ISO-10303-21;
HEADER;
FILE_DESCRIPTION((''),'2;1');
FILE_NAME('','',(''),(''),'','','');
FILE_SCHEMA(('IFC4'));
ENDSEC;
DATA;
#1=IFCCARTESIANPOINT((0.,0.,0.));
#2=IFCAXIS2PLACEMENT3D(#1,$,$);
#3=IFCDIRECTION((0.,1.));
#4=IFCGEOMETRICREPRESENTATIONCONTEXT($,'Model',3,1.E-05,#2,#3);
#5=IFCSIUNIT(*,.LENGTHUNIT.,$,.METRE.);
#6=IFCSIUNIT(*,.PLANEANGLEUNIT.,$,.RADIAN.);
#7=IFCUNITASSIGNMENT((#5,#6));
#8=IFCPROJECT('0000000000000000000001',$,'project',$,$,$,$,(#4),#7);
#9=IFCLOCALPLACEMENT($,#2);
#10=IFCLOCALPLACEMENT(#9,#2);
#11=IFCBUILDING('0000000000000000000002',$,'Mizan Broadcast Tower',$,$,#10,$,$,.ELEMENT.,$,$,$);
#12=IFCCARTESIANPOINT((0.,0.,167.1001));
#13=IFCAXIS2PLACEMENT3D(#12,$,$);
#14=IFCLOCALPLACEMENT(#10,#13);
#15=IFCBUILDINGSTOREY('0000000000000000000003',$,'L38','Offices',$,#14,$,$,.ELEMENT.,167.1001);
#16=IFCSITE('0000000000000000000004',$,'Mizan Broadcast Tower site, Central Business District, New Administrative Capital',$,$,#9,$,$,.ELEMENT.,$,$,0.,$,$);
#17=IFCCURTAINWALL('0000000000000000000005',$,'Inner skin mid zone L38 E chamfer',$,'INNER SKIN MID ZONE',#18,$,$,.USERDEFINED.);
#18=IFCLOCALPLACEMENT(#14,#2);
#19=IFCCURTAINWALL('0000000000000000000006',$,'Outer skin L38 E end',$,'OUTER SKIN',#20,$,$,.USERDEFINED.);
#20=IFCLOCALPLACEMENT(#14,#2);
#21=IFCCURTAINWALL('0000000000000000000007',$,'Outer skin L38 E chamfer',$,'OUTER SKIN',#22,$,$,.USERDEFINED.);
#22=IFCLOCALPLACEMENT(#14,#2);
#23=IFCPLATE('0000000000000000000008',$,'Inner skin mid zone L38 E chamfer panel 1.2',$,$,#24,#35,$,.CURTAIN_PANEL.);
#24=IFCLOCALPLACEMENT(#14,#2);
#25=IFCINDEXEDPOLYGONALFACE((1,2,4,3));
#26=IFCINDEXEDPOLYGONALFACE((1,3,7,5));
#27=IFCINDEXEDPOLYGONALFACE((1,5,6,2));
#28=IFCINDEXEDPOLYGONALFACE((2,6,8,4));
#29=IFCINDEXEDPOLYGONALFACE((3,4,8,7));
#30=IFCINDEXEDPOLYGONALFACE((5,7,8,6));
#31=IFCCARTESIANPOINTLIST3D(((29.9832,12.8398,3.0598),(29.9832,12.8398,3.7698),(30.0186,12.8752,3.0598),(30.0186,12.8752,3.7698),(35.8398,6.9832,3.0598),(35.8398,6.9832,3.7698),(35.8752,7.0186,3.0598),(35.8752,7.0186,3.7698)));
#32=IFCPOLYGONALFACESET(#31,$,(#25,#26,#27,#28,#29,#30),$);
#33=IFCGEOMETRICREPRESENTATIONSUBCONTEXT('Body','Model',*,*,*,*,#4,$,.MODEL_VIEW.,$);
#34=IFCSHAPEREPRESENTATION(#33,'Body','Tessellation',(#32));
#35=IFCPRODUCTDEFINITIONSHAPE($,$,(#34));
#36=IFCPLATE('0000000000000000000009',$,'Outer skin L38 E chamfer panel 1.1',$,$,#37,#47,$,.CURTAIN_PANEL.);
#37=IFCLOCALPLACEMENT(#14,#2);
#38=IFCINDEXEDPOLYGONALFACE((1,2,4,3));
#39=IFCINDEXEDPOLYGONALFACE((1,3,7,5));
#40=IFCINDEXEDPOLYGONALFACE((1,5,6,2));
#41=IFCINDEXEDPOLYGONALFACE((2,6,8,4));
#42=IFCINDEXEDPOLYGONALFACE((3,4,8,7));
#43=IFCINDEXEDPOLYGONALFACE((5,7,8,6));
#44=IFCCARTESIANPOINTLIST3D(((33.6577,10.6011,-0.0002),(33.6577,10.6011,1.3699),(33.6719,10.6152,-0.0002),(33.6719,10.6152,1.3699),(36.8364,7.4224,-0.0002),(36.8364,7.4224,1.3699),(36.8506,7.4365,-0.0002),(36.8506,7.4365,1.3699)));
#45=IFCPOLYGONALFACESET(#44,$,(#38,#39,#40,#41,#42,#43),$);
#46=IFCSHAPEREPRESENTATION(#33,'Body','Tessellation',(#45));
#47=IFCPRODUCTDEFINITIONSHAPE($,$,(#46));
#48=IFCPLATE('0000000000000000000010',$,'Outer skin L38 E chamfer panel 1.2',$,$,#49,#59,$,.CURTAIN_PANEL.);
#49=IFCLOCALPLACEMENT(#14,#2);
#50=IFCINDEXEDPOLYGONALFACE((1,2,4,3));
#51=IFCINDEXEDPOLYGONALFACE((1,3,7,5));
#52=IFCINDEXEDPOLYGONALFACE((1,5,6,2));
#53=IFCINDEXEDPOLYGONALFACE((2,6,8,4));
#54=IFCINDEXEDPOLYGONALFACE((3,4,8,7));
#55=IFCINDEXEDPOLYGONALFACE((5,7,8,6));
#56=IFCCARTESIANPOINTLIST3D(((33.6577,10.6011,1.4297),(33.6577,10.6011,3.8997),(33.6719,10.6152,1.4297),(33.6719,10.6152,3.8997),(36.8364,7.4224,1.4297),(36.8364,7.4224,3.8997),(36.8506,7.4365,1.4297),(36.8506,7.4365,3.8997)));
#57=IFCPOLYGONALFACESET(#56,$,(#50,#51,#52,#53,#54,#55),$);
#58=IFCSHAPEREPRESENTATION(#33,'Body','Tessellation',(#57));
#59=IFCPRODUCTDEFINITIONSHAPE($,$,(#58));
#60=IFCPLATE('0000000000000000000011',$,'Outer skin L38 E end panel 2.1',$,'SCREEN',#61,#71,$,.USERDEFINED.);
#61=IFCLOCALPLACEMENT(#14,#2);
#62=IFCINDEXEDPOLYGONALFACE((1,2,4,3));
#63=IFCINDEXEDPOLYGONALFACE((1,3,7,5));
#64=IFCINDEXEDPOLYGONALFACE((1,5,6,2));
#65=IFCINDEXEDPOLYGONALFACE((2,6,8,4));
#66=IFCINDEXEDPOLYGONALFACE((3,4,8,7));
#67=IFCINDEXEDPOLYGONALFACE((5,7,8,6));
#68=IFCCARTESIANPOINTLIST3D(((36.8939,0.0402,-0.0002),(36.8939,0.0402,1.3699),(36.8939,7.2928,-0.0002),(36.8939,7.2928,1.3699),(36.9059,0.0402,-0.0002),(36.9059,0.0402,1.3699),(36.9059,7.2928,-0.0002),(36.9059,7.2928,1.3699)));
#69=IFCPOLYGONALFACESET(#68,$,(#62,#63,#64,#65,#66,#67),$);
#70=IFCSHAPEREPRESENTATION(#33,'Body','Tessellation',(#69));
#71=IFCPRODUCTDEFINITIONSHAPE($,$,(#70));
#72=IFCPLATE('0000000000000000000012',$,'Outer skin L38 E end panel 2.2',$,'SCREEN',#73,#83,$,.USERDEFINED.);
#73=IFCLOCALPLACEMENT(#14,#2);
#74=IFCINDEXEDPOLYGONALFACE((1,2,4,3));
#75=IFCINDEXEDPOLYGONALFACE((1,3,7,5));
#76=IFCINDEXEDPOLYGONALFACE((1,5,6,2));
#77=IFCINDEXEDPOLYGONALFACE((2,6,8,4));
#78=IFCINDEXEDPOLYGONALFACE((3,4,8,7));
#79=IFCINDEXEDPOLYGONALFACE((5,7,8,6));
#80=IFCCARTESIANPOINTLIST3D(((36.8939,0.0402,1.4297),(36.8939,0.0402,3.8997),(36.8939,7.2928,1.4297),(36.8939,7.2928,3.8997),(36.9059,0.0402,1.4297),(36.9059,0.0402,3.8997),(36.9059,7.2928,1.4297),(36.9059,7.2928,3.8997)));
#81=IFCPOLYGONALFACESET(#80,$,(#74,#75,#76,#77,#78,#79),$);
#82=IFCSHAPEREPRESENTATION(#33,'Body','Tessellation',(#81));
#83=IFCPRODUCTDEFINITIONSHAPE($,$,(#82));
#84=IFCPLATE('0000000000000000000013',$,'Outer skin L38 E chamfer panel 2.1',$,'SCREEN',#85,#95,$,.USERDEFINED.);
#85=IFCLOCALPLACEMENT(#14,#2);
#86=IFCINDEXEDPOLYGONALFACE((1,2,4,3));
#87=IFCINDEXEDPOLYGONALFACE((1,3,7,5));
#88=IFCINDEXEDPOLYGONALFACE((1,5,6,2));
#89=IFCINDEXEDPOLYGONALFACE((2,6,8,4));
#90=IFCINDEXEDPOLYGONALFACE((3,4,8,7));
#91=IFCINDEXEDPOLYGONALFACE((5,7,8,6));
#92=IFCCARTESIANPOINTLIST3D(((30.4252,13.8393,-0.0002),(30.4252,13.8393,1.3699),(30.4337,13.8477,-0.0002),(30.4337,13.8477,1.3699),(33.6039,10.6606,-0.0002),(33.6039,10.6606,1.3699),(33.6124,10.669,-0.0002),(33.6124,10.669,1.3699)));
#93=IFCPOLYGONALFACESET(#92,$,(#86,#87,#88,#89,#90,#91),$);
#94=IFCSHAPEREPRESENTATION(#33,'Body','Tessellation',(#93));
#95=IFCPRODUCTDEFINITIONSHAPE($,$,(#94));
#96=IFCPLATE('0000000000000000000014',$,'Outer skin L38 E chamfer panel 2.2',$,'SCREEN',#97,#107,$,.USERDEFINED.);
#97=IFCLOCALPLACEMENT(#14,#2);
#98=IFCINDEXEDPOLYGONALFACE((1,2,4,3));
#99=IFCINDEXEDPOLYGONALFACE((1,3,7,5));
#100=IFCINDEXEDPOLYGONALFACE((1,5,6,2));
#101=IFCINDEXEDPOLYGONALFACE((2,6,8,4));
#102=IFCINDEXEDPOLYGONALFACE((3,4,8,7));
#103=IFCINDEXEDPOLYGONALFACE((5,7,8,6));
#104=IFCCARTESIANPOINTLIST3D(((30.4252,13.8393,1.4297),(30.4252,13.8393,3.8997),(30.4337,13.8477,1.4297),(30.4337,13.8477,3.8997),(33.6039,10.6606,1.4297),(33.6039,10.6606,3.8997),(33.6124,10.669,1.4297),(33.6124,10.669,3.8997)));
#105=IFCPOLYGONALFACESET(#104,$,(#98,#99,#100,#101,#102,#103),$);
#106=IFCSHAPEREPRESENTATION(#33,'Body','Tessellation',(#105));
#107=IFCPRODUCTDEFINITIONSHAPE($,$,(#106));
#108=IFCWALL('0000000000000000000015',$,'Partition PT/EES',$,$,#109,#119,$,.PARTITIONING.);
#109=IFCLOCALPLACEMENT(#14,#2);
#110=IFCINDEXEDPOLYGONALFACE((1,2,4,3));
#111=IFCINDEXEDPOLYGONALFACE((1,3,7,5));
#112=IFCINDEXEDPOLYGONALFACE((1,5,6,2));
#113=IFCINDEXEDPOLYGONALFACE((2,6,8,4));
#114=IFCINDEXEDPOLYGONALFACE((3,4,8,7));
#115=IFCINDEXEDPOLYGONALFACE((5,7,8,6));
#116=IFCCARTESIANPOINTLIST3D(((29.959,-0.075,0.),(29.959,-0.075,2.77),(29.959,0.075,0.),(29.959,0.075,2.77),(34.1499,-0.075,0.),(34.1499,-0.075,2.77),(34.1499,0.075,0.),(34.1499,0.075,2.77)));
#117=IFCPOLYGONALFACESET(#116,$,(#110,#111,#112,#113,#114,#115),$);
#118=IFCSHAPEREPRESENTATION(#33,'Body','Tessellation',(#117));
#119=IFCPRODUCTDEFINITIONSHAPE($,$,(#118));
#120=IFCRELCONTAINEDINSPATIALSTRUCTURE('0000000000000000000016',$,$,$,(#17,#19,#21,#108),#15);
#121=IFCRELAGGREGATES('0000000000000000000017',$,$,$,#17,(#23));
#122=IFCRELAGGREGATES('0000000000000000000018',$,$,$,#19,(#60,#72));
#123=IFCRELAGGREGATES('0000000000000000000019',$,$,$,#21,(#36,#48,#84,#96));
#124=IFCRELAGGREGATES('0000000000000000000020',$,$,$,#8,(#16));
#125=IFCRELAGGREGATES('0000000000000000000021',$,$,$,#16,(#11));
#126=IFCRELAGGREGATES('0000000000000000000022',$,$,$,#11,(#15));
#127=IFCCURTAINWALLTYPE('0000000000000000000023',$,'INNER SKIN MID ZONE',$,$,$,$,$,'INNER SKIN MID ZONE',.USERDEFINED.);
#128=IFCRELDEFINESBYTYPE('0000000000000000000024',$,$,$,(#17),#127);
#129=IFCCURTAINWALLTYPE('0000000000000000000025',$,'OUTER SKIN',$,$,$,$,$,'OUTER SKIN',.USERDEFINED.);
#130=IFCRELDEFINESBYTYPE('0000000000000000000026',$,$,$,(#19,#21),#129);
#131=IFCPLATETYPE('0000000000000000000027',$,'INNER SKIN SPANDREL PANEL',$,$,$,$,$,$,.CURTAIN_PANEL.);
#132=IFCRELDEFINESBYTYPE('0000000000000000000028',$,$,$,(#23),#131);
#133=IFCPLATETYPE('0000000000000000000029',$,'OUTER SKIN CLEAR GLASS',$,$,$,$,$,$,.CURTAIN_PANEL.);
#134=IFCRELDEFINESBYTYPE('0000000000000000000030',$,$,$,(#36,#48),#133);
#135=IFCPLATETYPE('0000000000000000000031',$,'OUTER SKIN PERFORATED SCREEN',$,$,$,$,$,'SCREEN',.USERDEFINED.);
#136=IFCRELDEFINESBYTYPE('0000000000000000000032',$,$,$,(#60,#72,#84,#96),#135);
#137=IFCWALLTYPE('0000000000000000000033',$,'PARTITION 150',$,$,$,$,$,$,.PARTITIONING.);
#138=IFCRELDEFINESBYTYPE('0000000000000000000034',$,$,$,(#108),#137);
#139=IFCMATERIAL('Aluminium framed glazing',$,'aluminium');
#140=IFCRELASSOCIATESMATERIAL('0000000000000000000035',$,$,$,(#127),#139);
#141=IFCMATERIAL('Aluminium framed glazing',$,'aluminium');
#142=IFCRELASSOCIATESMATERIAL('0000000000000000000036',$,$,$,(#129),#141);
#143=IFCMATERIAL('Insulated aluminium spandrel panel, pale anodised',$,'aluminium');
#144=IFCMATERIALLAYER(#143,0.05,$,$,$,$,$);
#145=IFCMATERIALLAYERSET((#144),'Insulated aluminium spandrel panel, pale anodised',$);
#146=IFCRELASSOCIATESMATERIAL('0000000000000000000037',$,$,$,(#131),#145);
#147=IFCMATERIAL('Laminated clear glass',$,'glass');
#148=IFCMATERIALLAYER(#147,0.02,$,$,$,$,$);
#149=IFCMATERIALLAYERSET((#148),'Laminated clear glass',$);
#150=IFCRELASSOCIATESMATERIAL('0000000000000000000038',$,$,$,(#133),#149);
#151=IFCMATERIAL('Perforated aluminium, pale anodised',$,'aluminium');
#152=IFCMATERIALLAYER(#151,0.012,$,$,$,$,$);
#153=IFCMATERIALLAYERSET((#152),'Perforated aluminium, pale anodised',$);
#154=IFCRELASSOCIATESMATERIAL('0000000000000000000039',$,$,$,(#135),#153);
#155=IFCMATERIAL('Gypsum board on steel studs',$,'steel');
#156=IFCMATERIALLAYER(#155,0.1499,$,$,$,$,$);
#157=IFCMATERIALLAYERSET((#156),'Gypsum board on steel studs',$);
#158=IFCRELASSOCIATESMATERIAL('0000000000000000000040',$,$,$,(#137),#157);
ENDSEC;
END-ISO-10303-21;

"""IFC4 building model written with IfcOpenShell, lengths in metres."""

from ifc_helpers import new_model, si_unit, direction, frame, frame_2d, origin, origin_2d, place, context, subcontext, project, spatial, rectangle, extrude, material, layer, layer_set, type_object, element, aggregate, save


model = new_model("IFC4")

# Units and contexts
model_context = context("Model", 3, precision=1e-05, world=origin(), true_north=direction((0.0, 1.0)))
body_context = subcontext(model_context, "Body", "Model", "MODEL_VIEW")
ifc_project = project(units=[si_unit("LENGTHUNIT", "METRE"), si_unit("PLANEANGLEUNIT", "RADIAN")], contexts=[model_context])

# Site, building, storey
site_placement = place(None, origin())
site = spatial("IfcSite", under=ifc_project, at=site_placement, Name="Mizan Broadcast Tower site, Central Business District, New Administrative Capital", CompositionType="ELEMENT", RefElevation=0.0)
building_placement = place(site_placement, origin())
building = spatial("IfcBuilding", under=site, at=building_placement, Name="Mizan Broadcast Tower", CompositionType="ELEMENT")
storey_placement = place(building_placement, frame((0.0, 0.0, 167.1001)))
storey = spatial("IfcBuildingStorey", under=building, at=storey_placement, Name="L38", Description="Offices", CompositionType="ELEMENT", Elevation=167.1001)

# Shared definitions
ifc_material_1 = material(Name="Aluminium framed glazing", Category="aluminium")
curtain_wall_type_1 = type_object("IfcCurtainWallType", Name="INNER SKIN MID ZONE", ElementType="INNER SKIN MID ZONE", PredefinedType="USERDEFINED", material=ifc_material_1)

# Curtain wall
curtain_wall_1_placement = place(storey_placement, origin())
curtain_wall_1 = element("IfcCurtainWall", 1, at=curtain_wall_1_placement, inside=storey, type_object=curtain_wall_type_1, Name="Inner skin mid zone L38 E chamfer", ObjectType="INNER SKIN MID ZONE", PredefinedType="USERDEFINED")

# Curtain walls
ifc_material_2 = material(Name="Aluminium framed glazing", Category="aluminium")
curtain_wall_type_2 = type_object("IfcCurtainWallType", Name="OUTER SKIN", ElementType="OUTER SKIN", PredefinedType="USERDEFINED", material=ifc_material_2)
curtain_wall_2_placement = place(storey_placement, origin())
curtain_wall_2 = element("IfcCurtainWall", 2, at=curtain_wall_2_placement, inside=storey, type_object=curtain_wall_type_2, Name="Outer skin L38 E end", ObjectType="OUTER SKIN", PredefinedType="USERDEFINED")
curtain_wall_3_placement = place(storey_placement, origin())
curtain_wall_3 = element("IfcCurtainWall", 3, at=curtain_wall_3_placement, inside=storey, type_object=curtain_wall_type_2, Name="Outer skin L38 E chamfer", ObjectType="OUTER SKIN", PredefinedType="USERDEFINED")

# Plates
ifc_material_3 = material(Name="Insulated aluminium spandrel panel, pale anodised", Category="aluminium")
ifc_layer_1 = layer(ifc_material_3, 0.05)
ifc_layer_set_1 = layer_set([ifc_layer_1], Name="Insulated aluminium spandrel panel, pale anodised")
plate_type_1 = type_object("IfcPlateType", Name="INNER SKIN SPANDREL PANEL", PredefinedType="CURTAIN_PANEL", material=ifc_layer_set_1)
plate_1_placement = place(storey_placement, frame((32.9292, 9.9292, 3.0598), z_axis=(0.0, 0.0, 1.0), x_axis=(-0.707107, 0.707107, 0.0)))
plate_1 = element("IfcPlate", 4, at=plate_1_placement, type_object=plate_type_1, Name="Inner skin mid zone L38 E chamfer panel 1.2", PredefinedType="CURTAIN_PANEL", context=body_context, shape_type="SweptSolid", body=[
    extrude(rectangle(XDim=8.2825, YDim=0.05, at=origin_2d()), origin(), (0.0, 0.0, 1.0), 0.71),
])
aggregate(curtain_wall_1, [plate_1])
ifc_material_4 = material(Name="Laminated clear glass", Category="glass")
ifc_layer_2 = layer(ifc_material_4, 0.02)
ifc_layer_set_2 = layer_set([ifc_layer_2], Name="Laminated clear glass")
plate_type_2 = type_object("IfcPlateType", Name="OUTER SKIN CLEAR GLASS", PredefinedType="CURTAIN_PANEL", material=ifc_layer_set_2)
plate_2_placement = place(storey_placement, frame((35.2542, 9.0188, -0.0002), z_axis=(0.0, 0.0, 1.0), x_axis=(-0.707107, 0.707107, 0.0)))
plate_2 = element("IfcPlate", 5, at=plate_2_placement, type_object=plate_type_2, Name="Outer skin L38 E chamfer panel 1.1", PredefinedType="CURTAIN_PANEL", context=body_context, shape_type="SweptSolid", body=[
    extrude(rectangle(XDim=4.4954, YDim=0.02, at=origin_2d()), origin(), (0.0, 0.0, 1.0), 1.3701),
])
plate_3_placement = place(storey_placement, frame((35.2542, 9.0188, 1.4297), z_axis=(0.0, 0.0, 1.0), x_axis=(-0.707107, 0.707107, 0.0)))
plate_3 = element("IfcPlate", 6, at=plate_3_placement, type_object=plate_type_2, Name="Outer skin L38 E chamfer panel 1.2", PredefinedType="CURTAIN_PANEL", context=body_context, shape_type="SweptSolid", body=[
    extrude(rectangle(XDim=4.4954, YDim=0.02, at=origin_2d()), origin(), (0.0, 0.0, 1.0), 2.47),
])
ifc_material_5 = material(Name="Perforated aluminium, pale anodised", Category="aluminium")
ifc_layer_3 = layer(ifc_material_5, 0.012)
ifc_layer_set_3 = layer_set([ifc_layer_3], Name="Perforated aluminium, pale anodised")
plate_type_3 = type_object("IfcPlateType", Name="OUTER SKIN PERFORATED SCREEN", ElementType="SCREEN", PredefinedType="USERDEFINED", material=ifc_layer_set_3)
plate_4_placement = place(storey_placement, frame((36.8999, 3.6665, -0.0002), z_axis=(0.0, 0.0, 1.0), x_axis=(0.0, 1.0, 0.0)))
plate_4 = element("IfcPlate", 7, at=plate_4_placement, type_object=plate_type_3, Name="Outer skin L38 E end panel 2.1", ObjectType="SCREEN", PredefinedType="USERDEFINED", context=body_context, shape_type="SweptSolid", body=[
    extrude(rectangle(XDim=7.2527, YDim=0.012, at=origin_2d()), origin(), (0.0, 0.0, 1.0), 1.3701),
])
plate_5_placement = place(storey_placement, frame((36.8999, 3.6665, 1.4297), z_axis=(0.0, 0.0, 1.0), x_axis=(0.0, 1.0, 0.0)))
plate_5 = element("IfcPlate", 8, at=plate_5_placement, type_object=plate_type_3, Name="Outer skin L38 E end panel 2.2", ObjectType="SCREEN", PredefinedType="USERDEFINED", context=body_context, shape_type="SweptSolid", body=[
    extrude(rectangle(XDim=7.2527, YDim=0.012, at=origin_2d()), origin(), (0.0, 0.0, 1.0), 2.47),
])
aggregate(curtain_wall_2, [plate_4, plate_5])
plate_6_placement = place(storey_placement, frame((32.0188, 12.2542, -0.0002), z_axis=(0.0, 0.0, 1.0), x_axis=(-0.707107, 0.707107, 0.0)))
plate_6 = element("IfcPlate", 9, at=plate_6_placement, type_object=plate_type_3, Name="Outer skin L38 E chamfer panel 2.1", ObjectType="SCREEN", PredefinedType="USERDEFINED", context=body_context, shape_type="SweptSolid", body=[
    extrude(rectangle(XDim=4.4954, YDim=0.012, at=origin_2d()), origin(), (0.0, 0.0, 1.0), 1.3701),
])
plate_7_placement = place(storey_placement, frame((32.0188, 12.2542, 1.4297), z_axis=(0.0, 0.0, 1.0), x_axis=(-0.707107, 0.707107, 0.0)))
plate_7 = element("IfcPlate", 10, at=plate_7_placement, type_object=plate_type_3, Name="Outer skin L38 E chamfer panel 2.2", ObjectType="SCREEN", PredefinedType="USERDEFINED", context=body_context, shape_type="SweptSolid", body=[
    extrude(rectangle(XDim=4.4954, YDim=0.012, at=origin_2d()), origin(), (0.0, 0.0, 1.0), 2.47),
])
aggregate(curtain_wall_3, [plate_2, plate_3, plate_6, plate_7])

# Wall
ifc_material_6 = material(Name="Gypsum board on steel studs", Category="steel")
ifc_layer_4 = layer(ifc_material_6, 0.1499)
ifc_layer_set_4 = layer_set([ifc_layer_4], Name="Gypsum board on steel studs")
wall_type = type_object("IfcWallType", Name="PARTITION 150", PredefinedType="PARTITIONING", material=ifc_layer_set_4)
wall_placement = place(storey_placement, frame((29.959, 0.0, 0.0), z_axis=(0.0, 0.0, 1.0), x_axis=(1.0, 0.0, 0.0)))
element("IfcWall", 11, at=wall_placement, inside=storey, type_object=wall_type, Name="Partition PT/EES", PredefinedType="PARTITIONING", context=body_context, shape_type="SweptSolid", body=[
    extrude(rectangle(XDim=4.1909, YDim=0.1499, at=frame_2d((2.0955, 0.0))), origin(), (0.0, 0.0, 1.0), 2.77),
])

save(model, "model.ifc")
